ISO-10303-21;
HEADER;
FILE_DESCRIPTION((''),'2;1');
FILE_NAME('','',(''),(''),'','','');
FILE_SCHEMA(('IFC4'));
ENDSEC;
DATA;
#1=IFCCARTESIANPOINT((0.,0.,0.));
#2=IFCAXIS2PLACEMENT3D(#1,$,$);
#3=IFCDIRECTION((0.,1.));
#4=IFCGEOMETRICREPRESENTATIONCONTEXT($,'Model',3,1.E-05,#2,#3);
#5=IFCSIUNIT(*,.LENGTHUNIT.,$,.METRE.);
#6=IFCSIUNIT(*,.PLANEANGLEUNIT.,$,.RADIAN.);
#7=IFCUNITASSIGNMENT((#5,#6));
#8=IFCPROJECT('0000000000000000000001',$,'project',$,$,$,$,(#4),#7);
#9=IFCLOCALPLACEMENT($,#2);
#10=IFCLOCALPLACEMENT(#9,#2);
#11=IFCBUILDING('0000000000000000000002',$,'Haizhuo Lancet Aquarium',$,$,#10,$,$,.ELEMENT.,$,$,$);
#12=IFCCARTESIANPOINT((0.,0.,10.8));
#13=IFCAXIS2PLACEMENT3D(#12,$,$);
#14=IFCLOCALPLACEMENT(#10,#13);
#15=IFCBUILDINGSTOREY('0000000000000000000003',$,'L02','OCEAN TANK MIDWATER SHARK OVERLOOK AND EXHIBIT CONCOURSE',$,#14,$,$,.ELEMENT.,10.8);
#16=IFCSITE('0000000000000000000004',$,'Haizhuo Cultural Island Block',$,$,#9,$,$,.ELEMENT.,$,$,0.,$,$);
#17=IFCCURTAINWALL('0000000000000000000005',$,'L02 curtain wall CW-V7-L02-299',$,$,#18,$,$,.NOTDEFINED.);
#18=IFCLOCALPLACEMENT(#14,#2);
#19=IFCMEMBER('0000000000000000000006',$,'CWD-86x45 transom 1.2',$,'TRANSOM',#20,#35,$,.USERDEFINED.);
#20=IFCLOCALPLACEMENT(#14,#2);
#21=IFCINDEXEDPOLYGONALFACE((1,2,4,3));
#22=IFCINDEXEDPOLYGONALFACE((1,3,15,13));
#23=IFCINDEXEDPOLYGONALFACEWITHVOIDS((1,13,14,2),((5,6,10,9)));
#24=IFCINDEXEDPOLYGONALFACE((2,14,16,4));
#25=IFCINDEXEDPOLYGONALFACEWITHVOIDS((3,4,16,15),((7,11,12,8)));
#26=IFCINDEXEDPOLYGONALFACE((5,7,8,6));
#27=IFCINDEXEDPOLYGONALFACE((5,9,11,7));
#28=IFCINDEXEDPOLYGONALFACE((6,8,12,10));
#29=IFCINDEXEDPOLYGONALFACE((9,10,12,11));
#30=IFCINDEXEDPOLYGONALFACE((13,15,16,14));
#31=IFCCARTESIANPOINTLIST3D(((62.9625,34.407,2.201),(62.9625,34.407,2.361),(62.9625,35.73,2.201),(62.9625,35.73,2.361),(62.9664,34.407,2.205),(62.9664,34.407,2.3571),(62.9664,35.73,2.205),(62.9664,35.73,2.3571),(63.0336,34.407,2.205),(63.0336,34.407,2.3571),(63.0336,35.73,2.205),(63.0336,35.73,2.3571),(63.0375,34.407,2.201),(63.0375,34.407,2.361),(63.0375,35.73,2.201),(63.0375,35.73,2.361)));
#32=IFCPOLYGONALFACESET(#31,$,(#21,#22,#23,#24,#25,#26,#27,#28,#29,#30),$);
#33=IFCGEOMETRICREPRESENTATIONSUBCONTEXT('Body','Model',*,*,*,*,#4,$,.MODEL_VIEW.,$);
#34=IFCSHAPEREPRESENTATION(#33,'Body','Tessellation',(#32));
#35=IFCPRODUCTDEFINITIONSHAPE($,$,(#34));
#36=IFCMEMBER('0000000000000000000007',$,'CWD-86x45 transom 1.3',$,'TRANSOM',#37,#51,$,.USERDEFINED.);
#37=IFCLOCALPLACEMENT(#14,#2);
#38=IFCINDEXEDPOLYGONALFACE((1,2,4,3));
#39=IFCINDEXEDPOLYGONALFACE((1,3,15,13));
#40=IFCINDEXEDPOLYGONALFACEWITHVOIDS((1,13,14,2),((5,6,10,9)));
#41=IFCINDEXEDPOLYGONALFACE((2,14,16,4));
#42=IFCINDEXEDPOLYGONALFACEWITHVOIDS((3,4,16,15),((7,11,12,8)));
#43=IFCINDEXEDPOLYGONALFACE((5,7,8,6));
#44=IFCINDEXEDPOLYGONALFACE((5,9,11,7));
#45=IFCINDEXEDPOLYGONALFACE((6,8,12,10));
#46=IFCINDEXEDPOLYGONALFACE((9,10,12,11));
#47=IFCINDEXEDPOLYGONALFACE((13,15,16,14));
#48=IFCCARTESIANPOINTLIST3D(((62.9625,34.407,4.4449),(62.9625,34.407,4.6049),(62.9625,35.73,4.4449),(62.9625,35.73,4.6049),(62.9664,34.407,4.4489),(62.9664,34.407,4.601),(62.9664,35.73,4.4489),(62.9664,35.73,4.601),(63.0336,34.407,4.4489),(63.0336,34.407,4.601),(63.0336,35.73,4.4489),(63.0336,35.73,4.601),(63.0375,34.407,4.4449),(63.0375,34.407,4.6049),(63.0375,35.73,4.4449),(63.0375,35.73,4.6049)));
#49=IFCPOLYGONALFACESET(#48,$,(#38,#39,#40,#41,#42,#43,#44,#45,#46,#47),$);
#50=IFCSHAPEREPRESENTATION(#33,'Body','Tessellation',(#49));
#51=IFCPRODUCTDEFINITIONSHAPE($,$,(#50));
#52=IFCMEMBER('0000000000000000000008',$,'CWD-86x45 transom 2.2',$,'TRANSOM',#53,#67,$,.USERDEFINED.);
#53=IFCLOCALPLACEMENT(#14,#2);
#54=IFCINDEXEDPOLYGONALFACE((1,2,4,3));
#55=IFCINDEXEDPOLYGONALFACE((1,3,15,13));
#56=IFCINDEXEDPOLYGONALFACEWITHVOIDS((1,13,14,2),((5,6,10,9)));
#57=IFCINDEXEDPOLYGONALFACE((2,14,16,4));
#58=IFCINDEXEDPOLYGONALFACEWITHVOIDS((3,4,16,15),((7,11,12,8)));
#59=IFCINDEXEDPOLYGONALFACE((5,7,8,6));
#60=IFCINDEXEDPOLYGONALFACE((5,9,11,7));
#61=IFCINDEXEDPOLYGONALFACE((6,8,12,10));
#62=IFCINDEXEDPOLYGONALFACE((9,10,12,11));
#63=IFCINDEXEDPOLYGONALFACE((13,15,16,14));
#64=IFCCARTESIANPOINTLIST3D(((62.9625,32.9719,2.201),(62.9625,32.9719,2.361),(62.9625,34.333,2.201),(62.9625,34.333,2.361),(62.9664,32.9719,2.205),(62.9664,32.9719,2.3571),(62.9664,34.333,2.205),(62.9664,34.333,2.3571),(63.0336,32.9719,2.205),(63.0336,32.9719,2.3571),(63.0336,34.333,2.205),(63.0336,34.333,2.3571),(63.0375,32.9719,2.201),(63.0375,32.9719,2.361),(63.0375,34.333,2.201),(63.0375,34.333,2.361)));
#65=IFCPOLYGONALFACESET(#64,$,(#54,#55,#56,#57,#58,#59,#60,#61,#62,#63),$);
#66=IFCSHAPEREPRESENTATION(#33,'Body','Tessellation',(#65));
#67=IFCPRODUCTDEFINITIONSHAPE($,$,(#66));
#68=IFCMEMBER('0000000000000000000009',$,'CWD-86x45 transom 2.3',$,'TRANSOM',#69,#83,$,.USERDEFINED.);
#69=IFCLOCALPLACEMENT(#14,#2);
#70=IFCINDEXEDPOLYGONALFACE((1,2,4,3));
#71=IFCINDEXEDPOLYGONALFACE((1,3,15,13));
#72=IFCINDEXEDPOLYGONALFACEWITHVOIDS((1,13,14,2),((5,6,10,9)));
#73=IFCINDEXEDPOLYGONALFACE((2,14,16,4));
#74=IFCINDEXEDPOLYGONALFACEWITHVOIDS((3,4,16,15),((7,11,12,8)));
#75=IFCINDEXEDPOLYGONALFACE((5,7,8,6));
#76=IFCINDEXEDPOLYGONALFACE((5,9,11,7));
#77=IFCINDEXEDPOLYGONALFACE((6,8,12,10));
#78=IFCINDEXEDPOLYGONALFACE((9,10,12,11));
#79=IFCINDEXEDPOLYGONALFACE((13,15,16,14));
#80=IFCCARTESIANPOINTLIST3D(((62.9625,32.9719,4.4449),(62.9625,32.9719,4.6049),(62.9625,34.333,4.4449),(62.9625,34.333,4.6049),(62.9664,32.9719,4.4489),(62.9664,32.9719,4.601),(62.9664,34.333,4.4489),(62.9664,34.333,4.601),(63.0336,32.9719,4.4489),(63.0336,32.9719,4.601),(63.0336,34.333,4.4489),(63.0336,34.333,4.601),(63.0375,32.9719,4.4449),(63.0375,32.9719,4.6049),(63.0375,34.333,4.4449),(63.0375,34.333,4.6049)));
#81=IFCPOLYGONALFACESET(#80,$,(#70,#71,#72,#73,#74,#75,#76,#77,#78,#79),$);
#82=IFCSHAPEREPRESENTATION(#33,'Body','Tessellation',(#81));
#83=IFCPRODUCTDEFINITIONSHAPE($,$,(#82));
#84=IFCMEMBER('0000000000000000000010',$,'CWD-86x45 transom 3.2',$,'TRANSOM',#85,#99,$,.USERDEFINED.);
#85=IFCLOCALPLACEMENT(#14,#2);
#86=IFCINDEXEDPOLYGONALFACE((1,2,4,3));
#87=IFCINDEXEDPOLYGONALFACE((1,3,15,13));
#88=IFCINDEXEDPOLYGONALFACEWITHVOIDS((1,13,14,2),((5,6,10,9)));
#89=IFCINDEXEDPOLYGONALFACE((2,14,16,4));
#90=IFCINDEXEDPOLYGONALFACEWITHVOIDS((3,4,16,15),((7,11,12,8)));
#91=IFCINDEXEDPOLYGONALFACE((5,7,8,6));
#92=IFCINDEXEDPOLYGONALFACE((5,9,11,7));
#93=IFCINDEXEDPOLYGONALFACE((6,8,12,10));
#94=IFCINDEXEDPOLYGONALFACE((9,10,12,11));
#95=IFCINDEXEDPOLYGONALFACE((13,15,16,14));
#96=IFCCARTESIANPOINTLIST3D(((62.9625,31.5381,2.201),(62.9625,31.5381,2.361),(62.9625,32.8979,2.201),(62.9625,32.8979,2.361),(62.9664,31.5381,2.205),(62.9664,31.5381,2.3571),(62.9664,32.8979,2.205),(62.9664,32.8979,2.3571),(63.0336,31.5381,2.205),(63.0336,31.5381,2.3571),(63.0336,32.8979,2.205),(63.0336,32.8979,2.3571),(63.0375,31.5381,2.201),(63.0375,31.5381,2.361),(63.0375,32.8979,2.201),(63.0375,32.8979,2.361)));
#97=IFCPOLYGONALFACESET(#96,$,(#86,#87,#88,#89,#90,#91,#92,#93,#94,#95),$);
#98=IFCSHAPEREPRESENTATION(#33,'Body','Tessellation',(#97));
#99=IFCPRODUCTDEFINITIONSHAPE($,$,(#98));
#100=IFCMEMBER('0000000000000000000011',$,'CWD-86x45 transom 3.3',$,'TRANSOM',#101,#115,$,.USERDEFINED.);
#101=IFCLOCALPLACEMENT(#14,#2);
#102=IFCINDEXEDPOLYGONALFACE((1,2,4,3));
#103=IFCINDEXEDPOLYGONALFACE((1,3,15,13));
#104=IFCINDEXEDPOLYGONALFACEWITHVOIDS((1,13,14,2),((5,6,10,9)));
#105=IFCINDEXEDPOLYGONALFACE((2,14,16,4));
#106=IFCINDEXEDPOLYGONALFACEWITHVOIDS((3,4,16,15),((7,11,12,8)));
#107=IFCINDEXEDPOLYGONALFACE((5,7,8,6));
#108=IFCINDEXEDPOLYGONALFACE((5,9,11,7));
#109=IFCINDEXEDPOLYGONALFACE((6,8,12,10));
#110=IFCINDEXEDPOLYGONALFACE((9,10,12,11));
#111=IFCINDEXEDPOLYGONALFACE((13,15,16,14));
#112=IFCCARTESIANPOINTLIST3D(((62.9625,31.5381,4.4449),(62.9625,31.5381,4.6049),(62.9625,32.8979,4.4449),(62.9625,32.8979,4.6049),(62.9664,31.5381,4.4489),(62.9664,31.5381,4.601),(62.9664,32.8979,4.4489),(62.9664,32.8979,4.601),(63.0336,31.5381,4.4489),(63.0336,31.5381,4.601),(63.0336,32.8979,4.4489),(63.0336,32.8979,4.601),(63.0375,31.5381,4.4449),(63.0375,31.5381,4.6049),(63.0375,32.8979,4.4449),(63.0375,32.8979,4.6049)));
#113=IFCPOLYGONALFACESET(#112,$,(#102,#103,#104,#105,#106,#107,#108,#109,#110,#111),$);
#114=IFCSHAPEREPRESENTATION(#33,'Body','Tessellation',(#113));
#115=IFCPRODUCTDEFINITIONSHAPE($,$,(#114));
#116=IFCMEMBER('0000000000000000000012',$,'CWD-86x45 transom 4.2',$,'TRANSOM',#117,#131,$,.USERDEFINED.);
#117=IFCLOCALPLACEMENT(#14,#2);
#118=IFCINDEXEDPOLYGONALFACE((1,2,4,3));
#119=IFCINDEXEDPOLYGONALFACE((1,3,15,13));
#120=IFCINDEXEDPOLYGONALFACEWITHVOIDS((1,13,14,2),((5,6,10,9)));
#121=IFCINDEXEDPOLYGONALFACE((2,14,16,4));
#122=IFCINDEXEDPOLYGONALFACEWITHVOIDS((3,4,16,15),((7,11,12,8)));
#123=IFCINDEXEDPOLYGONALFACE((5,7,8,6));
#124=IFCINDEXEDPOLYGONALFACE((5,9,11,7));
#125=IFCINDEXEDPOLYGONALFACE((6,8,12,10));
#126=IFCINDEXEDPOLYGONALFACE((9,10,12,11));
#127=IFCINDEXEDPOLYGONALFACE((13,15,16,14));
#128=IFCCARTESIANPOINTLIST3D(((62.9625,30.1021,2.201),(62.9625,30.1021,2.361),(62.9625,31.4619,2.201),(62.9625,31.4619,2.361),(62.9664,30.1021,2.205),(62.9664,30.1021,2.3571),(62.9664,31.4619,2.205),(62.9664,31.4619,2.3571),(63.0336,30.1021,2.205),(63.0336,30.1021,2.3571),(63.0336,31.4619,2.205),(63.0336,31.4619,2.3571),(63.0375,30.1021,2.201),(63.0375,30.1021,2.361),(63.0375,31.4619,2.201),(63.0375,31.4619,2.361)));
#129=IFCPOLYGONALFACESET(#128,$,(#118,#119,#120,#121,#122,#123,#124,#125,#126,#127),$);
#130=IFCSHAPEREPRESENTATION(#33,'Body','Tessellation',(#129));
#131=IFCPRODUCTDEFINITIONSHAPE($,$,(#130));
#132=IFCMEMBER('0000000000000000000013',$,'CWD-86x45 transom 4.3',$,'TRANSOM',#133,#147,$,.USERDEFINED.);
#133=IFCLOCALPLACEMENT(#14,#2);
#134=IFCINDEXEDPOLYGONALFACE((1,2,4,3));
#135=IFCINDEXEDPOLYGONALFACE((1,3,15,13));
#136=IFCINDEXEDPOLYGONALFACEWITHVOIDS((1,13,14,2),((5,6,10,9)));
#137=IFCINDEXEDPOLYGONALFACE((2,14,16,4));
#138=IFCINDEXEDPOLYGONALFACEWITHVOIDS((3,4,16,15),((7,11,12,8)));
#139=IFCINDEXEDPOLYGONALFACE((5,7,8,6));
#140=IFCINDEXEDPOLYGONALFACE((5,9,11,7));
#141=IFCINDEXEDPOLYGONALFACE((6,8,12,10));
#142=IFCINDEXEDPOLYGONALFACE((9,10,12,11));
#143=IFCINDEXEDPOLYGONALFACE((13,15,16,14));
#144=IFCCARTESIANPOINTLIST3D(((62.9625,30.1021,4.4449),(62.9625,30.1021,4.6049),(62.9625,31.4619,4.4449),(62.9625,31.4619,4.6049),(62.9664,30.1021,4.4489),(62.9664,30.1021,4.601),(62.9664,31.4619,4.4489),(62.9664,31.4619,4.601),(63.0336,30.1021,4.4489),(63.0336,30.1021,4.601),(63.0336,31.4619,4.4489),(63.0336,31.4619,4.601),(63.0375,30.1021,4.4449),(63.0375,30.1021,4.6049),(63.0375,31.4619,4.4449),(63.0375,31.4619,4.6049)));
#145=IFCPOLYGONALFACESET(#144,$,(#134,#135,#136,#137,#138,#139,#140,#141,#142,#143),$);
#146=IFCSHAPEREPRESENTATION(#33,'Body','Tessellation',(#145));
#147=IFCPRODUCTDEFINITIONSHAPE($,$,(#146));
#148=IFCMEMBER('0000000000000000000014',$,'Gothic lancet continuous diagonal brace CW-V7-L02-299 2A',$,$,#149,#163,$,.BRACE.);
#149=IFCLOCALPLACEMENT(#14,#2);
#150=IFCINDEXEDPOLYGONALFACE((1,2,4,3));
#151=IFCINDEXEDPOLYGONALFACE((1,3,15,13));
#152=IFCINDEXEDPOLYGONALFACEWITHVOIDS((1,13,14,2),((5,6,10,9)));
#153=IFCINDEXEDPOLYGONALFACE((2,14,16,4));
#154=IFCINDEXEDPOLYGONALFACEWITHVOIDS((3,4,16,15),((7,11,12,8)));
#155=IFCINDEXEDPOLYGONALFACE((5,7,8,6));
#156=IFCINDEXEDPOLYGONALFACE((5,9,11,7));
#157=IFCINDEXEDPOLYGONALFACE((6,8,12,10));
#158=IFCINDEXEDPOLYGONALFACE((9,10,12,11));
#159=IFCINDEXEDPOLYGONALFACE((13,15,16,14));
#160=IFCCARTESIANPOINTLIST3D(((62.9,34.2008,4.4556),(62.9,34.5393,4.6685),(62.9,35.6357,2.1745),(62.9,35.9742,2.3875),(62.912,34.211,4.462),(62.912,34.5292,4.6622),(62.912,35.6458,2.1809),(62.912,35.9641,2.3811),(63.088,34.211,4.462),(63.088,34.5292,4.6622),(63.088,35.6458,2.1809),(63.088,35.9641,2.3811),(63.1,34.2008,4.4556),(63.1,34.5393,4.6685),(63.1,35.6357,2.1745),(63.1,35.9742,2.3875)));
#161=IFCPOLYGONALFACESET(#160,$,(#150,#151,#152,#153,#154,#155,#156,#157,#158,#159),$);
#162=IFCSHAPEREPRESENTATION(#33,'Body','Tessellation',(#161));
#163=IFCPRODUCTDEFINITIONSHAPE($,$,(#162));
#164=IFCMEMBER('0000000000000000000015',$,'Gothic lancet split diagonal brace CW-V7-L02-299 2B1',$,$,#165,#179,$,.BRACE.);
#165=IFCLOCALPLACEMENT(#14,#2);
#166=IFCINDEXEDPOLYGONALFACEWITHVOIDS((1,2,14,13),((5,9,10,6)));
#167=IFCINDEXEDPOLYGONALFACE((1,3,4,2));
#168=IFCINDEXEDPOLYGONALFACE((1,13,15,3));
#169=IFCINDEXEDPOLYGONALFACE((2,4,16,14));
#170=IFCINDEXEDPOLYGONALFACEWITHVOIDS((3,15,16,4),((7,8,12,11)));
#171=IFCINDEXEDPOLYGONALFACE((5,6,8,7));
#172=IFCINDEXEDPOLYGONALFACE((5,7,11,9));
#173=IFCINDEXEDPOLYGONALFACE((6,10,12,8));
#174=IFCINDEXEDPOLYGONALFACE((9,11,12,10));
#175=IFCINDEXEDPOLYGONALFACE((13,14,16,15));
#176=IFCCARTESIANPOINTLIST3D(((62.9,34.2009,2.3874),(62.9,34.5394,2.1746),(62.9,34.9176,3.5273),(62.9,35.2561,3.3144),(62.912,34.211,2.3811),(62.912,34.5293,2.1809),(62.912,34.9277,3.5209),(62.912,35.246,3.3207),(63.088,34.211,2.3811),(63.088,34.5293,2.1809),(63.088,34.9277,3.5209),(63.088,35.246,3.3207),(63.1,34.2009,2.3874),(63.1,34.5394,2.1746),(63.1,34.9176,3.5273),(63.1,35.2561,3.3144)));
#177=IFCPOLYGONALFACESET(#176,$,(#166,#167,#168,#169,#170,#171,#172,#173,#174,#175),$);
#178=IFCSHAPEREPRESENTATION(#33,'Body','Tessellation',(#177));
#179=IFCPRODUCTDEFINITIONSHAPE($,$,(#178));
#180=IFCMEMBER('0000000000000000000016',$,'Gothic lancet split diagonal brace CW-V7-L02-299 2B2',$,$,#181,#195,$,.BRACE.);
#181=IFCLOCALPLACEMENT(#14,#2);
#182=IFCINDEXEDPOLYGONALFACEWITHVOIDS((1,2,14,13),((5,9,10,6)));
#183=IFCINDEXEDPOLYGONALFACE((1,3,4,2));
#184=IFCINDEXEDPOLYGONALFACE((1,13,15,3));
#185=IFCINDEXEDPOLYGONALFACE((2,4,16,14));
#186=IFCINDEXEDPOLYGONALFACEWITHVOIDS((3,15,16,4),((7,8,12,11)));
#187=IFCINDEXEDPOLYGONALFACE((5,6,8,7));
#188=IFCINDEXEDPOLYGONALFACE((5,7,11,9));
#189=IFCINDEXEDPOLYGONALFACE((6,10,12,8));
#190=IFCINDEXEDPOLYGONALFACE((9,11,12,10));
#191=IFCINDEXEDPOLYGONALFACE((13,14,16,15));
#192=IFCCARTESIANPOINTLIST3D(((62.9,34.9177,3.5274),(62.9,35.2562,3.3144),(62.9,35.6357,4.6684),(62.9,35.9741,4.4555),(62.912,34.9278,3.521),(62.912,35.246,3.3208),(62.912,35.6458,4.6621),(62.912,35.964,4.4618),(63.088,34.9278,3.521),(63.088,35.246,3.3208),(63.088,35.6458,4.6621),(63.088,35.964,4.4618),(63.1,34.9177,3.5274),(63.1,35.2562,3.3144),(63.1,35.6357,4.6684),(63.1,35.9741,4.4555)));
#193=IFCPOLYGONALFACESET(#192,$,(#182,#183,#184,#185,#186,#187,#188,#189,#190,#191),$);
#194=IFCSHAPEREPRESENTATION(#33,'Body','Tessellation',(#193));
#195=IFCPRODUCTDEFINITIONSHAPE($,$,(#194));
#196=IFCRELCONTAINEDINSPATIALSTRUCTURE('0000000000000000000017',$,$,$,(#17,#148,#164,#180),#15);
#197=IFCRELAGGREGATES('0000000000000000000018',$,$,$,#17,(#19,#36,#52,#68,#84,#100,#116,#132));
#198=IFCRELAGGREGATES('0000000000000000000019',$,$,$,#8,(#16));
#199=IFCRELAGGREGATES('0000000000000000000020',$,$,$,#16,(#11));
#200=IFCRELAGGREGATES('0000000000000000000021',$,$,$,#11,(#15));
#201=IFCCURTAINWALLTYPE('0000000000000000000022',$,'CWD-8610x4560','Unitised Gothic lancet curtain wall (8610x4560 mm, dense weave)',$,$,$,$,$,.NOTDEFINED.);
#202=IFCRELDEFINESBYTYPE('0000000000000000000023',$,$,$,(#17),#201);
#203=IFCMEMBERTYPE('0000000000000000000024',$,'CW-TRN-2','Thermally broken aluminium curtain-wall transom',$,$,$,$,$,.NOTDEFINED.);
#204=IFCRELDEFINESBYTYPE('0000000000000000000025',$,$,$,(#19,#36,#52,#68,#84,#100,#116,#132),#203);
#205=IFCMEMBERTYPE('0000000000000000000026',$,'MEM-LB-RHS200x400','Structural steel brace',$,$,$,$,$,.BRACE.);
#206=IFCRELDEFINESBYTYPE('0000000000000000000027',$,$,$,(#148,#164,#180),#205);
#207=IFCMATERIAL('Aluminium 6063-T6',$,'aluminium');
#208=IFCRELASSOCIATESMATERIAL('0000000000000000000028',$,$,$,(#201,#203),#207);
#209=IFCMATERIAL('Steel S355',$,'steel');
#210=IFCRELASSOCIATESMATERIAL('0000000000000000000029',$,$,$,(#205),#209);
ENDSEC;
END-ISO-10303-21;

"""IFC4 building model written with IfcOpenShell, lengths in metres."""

from ifc_helpers import new_model, si_unit, direction, frame, origin, origin_2d, place, context, subcontext, project, spatial, hollow_rectangle, extrude, material, material_profile, profile_set, type_object, element, aggregate, save


model = new_model("IFC4")

# Units and contexts
model_context = context("Model", 3, precision=1e-05, world=origin(), true_north=direction((0.0, 1.0)))
body_context = subcontext(model_context, "Body", "Model", "MODEL_VIEW")
ifc_project = project(units=[si_unit("LENGTHUNIT", "METRE"), si_unit("PLANEANGLEUNIT", "RADIAN")], contexts=[model_context])

# Site, building, storey
site_placement = place(None, origin())
site = spatial("IfcSite", under=ifc_project, at=site_placement, Name="Haizhuo Cultural Island Block", CompositionType="ELEMENT", RefElevation=0.0)
building_placement = place(site_placement, origin())
building = spatial("IfcBuilding", under=site, at=building_placement, Name="Haizhuo Lancet Aquarium", CompositionType="ELEMENT")
storey_placement = place(building_placement, frame((0.0, 0.0, 10.8)))
storey = spatial("IfcBuildingStorey", under=building, at=storey_placement, Name="L02", Description="OCEAN TANK MIDWATER SHARK OVERLOOK AND EXHIBIT CONCOURSE", CompositionType="ELEMENT", Elevation=10.8)

# Curtain wall, members
ifc_material_1 = material(Name="Aluminium 6063-T6", Category="aluminium")
curtain_wall_type = type_object("IfcCurtainWallType", Name="CWD-8610x4560", Description="Unitised Gothic lancet curtain wall (8610x4560 mm, dense weave)", PredefinedType="NOTDEFINED", material=ifc_material_1)
curtain_wall_placement = place(storey_placement, origin())
curtain_wall = element("IfcCurtainWall", 1, at=curtain_wall_placement, inside=storey, type_object=curtain_wall_type, Name="L02 curtain wall CW-V7-L02-299", PredefinedType="NOTDEFINED")
ifc_material_profile_1 = material_profile(ifc_material_1, hollow_rectangle(XDim=0.075, YDim=0.1599, WallThickness=0.0039, at=origin_2d()), Name="ALU-T 75x160x4")
ifc_profile_set_1 = profile_set([ifc_material_profile_1], Name="Aluminium 6063-T6")
member_type_1 = type_object("IfcMemberType", Name="CW-TRN-2", Description="Thermally broken aluminium curtain-wall transom", PredefinedType="NOTDEFINED", material=ifc_profile_set_1)
member_1_placement = place(storey_placement, frame((63.0, 35.73, 2.281), z_axis=(0.0, -1.0, 0.0), x_axis=(1.0, 0.0, 0.0)))
member_1 = element("IfcMember", 2, at=member_1_placement, type_object=member_type_1, Name="CWD-86x45 transom 1.2", ObjectType="TRANSOM", PredefinedType="USERDEFINED", context=body_context, shape_type="SweptSolid", body=[
    extrude(hollow_rectangle(XDim=0.075, YDim=0.1599, WallThickness=0.0039, at=origin_2d()), origin(), (0.0, 0.0, 1.0), 1.323),
])
member_2_placement = place(storey_placement, frame((63.0, 35.73, 4.5249), z_axis=(0.0, -1.0, 0.0), x_axis=(1.0, 0.0, 0.0)))
member_2 = element("IfcMember", 3, at=member_2_placement, type_object=member_type_1, Name="CWD-86x45 transom 1.3", ObjectType="TRANSOM", PredefinedType="USERDEFINED", context=body_context, shape_type="SweptSolid", body=[
    extrude(hollow_rectangle(XDim=0.075, YDim=0.1599, WallThickness=0.0039, at=origin_2d()), origin(), (0.0, 0.0, 1.0), 1.323),
])
member_3_placement = place(storey_placement, frame((63.0, 34.333, 2.281), z_axis=(0.0, -1.0, 0.0), x_axis=(1.0, 0.0, 0.0)))
member_3 = element("IfcMember", 4, at=member_3_placement, type_object=member_type_1, Name="CWD-86x45 transom 2.2", ObjectType="TRANSOM", PredefinedType="USERDEFINED", context=body_context, shape_type="SweptSolid", body=[
    extrude(hollow_rectangle(XDim=0.075, YDim=0.1599, WallThickness=0.0039, at=origin_2d()), origin(), (0.0, 0.0, 1.0), 1.3611),
])
member_4_placement = place(storey_placement, frame((63.0, 34.333, 4.5249), z_axis=(0.0, -1.0, 0.0), x_axis=(1.0, 0.0, 0.0)))
member_4 = element("IfcMember", 5, at=member_4_placement, type_object=member_type_1, Name="CWD-86x45 transom 2.3", ObjectType="TRANSOM", PredefinedType="USERDEFINED", context=body_context, shape_type="SweptSolid", body=[
    extrude(hollow_rectangle(XDim=0.075, YDim=0.1599, WallThickness=0.0039, at=origin_2d()), origin(), (0.0, 0.0, 1.0), 1.3611),
])
member_5_placement = place(storey_placement, frame((63.0, 32.8979, 2.281), z_axis=(0.0, -1.0, 0.0), x_axis=(1.0, 0.0, 0.0)))
member_5 = element("IfcMember", 6, at=member_5_placement, type_object=member_type_1, Name="CWD-86x45 transom 3.2", ObjectType="TRANSOM", PredefinedType="USERDEFINED", context=body_context, shape_type="SweptSolid", body=[
    extrude(hollow_rectangle(XDim=0.075, YDim=0.1599, WallThickness=0.0039, at=origin_2d()), origin(), (0.0, 0.0, 1.0), 1.3599),
])
member_6_placement = place(storey_placement, frame((63.0, 32.8979, 4.5249), z_axis=(0.0, -1.0, 0.0), x_axis=(1.0, 0.0, 0.0)))
member_6 = element("IfcMember", 7, at=member_6_placement, type_object=member_type_1, Name="CWD-86x45 transom 3.3", ObjectType="TRANSOM", PredefinedType="USERDEFINED", context=body_context, shape_type="SweptSolid", body=[
    extrude(hollow_rectangle(XDim=0.075, YDim=0.1599, WallThickness=0.0039, at=origin_2d()), origin(), (0.0, 0.0, 1.0), 1.3599),
])
member_7_placement = place(storey_placement, frame((63.0, 31.4619, 2.281), z_axis=(0.0, -1.0, 0.0), x_axis=(1.0, 0.0, 0.0)))
member_7 = element("IfcMember", 8, at=member_7_placement, type_object=member_type_1, Name="CWD-86x45 transom 4.2", ObjectType="TRANSOM", PredefinedType="USERDEFINED", context=body_context, shape_type="SweptSolid", body=[
    extrude(hollow_rectangle(XDim=0.075, YDim=0.1599, WallThickness=0.0039, at=origin_2d()), origin(), (0.0, 0.0, 1.0), 1.3599),
])
member_8_placement = place(storey_placement, frame((63.0, 31.4619, 4.5249), z_axis=(0.0, -1.0, 0.0), x_axis=(1.0, 0.0, 0.0)))
member_8 = element("IfcMember", 9, at=member_8_placement, type_object=member_type_1, Name="CWD-86x45 transom 4.3", ObjectType="TRANSOM", PredefinedType="USERDEFINED", context=body_context, shape_type="SweptSolid", body=[
    extrude(hollow_rectangle(XDim=0.075, YDim=0.1599, WallThickness=0.0039, at=origin_2d()), origin(), (0.0, 0.0, 1.0), 1.3599),
])

# Members
ifc_material_2 = material(Name="Steel S355", Category="steel")
ifc_material_profile_2 = material_profile(ifc_material_2, hollow_rectangle(XDim=0.2, YDim=0.3999, WallThickness=0.012, at=origin_2d()), Name="RHS 200x400x12")
ifc_profile_set_2 = profile_set([ifc_material_profile_2], Name="Steel S355")
member_type_2 = type_object("IfcMemberType", Name="MEM-LB-RHS200x400", Description="Structural steel brace", PredefinedType="BRACE", material=ifc_profile_set_2)
member_9_placement = place(storey_placement, frame((63.0, 35.8049, 2.281), z_axis=(0.0, -0.532448, 0.846463), x_axis=(1.0, 0.0, 0.0)))
element("IfcMember", 10, at=member_9_placement, inside=storey, type_object=member_type_2, Name="Gothic lancet continuous diagonal brace CW-V7-L02-299 2A", PredefinedType="BRACE", context=body_context, shape_type="SweptSolid", body=[
    extrude(hollow_rectangle(XDim=0.2, YDim=0.3999, WallThickness=0.012, at=origin_2d()), origin(), (0.0, 0.0, 1.0), 2.6948),
])
member_10_placement = place(storey_placement, frame((63.0, 34.3701, 2.281), z_axis=(0.0, 0.532327, 0.846539), x_axis=(-1.0, 0.0, 0.0)))
element("IfcMember", 11, at=member_10_placement, inside=storey, type_object=member_type_2, Name="Gothic lancet split diagonal brace CW-V7-L02-299 2B1", PredefinedType="BRACE", context=body_context, shape_type="SweptSolid", body=[
    extrude(hollow_rectangle(XDim=0.2, YDim=0.3999, WallThickness=0.012, at=origin_2d()), origin(), (0.0, 0.0, 1.0), 1.3464),
])
member_11_placement = place(storey_placement, frame((63.0, 35.0869, 3.4209), z_axis=(0.0, 0.532568, 0.846387), x_axis=(-1.0, 0.0, 0.0)))
element("IfcMember", 12, at=member_11_placement, inside=storey, type_object=member_type_2, Name="Gothic lancet split diagonal brace CW-V7-L02-299 2B2", PredefinedType="BRACE", context=body_context, shape_type="SweptSolid", body=[
    extrude(hollow_rectangle(XDim=0.2, YDim=0.3999, WallThickness=0.012, at=origin_2d()), origin(), (0.0, 0.0, 1.0), 1.3481),
])

aggregate(curtain_wall, [member_1, member_2, member_3, member_4, member_5, member_6, member_7, member_8])

save(model, "model.ifc")
